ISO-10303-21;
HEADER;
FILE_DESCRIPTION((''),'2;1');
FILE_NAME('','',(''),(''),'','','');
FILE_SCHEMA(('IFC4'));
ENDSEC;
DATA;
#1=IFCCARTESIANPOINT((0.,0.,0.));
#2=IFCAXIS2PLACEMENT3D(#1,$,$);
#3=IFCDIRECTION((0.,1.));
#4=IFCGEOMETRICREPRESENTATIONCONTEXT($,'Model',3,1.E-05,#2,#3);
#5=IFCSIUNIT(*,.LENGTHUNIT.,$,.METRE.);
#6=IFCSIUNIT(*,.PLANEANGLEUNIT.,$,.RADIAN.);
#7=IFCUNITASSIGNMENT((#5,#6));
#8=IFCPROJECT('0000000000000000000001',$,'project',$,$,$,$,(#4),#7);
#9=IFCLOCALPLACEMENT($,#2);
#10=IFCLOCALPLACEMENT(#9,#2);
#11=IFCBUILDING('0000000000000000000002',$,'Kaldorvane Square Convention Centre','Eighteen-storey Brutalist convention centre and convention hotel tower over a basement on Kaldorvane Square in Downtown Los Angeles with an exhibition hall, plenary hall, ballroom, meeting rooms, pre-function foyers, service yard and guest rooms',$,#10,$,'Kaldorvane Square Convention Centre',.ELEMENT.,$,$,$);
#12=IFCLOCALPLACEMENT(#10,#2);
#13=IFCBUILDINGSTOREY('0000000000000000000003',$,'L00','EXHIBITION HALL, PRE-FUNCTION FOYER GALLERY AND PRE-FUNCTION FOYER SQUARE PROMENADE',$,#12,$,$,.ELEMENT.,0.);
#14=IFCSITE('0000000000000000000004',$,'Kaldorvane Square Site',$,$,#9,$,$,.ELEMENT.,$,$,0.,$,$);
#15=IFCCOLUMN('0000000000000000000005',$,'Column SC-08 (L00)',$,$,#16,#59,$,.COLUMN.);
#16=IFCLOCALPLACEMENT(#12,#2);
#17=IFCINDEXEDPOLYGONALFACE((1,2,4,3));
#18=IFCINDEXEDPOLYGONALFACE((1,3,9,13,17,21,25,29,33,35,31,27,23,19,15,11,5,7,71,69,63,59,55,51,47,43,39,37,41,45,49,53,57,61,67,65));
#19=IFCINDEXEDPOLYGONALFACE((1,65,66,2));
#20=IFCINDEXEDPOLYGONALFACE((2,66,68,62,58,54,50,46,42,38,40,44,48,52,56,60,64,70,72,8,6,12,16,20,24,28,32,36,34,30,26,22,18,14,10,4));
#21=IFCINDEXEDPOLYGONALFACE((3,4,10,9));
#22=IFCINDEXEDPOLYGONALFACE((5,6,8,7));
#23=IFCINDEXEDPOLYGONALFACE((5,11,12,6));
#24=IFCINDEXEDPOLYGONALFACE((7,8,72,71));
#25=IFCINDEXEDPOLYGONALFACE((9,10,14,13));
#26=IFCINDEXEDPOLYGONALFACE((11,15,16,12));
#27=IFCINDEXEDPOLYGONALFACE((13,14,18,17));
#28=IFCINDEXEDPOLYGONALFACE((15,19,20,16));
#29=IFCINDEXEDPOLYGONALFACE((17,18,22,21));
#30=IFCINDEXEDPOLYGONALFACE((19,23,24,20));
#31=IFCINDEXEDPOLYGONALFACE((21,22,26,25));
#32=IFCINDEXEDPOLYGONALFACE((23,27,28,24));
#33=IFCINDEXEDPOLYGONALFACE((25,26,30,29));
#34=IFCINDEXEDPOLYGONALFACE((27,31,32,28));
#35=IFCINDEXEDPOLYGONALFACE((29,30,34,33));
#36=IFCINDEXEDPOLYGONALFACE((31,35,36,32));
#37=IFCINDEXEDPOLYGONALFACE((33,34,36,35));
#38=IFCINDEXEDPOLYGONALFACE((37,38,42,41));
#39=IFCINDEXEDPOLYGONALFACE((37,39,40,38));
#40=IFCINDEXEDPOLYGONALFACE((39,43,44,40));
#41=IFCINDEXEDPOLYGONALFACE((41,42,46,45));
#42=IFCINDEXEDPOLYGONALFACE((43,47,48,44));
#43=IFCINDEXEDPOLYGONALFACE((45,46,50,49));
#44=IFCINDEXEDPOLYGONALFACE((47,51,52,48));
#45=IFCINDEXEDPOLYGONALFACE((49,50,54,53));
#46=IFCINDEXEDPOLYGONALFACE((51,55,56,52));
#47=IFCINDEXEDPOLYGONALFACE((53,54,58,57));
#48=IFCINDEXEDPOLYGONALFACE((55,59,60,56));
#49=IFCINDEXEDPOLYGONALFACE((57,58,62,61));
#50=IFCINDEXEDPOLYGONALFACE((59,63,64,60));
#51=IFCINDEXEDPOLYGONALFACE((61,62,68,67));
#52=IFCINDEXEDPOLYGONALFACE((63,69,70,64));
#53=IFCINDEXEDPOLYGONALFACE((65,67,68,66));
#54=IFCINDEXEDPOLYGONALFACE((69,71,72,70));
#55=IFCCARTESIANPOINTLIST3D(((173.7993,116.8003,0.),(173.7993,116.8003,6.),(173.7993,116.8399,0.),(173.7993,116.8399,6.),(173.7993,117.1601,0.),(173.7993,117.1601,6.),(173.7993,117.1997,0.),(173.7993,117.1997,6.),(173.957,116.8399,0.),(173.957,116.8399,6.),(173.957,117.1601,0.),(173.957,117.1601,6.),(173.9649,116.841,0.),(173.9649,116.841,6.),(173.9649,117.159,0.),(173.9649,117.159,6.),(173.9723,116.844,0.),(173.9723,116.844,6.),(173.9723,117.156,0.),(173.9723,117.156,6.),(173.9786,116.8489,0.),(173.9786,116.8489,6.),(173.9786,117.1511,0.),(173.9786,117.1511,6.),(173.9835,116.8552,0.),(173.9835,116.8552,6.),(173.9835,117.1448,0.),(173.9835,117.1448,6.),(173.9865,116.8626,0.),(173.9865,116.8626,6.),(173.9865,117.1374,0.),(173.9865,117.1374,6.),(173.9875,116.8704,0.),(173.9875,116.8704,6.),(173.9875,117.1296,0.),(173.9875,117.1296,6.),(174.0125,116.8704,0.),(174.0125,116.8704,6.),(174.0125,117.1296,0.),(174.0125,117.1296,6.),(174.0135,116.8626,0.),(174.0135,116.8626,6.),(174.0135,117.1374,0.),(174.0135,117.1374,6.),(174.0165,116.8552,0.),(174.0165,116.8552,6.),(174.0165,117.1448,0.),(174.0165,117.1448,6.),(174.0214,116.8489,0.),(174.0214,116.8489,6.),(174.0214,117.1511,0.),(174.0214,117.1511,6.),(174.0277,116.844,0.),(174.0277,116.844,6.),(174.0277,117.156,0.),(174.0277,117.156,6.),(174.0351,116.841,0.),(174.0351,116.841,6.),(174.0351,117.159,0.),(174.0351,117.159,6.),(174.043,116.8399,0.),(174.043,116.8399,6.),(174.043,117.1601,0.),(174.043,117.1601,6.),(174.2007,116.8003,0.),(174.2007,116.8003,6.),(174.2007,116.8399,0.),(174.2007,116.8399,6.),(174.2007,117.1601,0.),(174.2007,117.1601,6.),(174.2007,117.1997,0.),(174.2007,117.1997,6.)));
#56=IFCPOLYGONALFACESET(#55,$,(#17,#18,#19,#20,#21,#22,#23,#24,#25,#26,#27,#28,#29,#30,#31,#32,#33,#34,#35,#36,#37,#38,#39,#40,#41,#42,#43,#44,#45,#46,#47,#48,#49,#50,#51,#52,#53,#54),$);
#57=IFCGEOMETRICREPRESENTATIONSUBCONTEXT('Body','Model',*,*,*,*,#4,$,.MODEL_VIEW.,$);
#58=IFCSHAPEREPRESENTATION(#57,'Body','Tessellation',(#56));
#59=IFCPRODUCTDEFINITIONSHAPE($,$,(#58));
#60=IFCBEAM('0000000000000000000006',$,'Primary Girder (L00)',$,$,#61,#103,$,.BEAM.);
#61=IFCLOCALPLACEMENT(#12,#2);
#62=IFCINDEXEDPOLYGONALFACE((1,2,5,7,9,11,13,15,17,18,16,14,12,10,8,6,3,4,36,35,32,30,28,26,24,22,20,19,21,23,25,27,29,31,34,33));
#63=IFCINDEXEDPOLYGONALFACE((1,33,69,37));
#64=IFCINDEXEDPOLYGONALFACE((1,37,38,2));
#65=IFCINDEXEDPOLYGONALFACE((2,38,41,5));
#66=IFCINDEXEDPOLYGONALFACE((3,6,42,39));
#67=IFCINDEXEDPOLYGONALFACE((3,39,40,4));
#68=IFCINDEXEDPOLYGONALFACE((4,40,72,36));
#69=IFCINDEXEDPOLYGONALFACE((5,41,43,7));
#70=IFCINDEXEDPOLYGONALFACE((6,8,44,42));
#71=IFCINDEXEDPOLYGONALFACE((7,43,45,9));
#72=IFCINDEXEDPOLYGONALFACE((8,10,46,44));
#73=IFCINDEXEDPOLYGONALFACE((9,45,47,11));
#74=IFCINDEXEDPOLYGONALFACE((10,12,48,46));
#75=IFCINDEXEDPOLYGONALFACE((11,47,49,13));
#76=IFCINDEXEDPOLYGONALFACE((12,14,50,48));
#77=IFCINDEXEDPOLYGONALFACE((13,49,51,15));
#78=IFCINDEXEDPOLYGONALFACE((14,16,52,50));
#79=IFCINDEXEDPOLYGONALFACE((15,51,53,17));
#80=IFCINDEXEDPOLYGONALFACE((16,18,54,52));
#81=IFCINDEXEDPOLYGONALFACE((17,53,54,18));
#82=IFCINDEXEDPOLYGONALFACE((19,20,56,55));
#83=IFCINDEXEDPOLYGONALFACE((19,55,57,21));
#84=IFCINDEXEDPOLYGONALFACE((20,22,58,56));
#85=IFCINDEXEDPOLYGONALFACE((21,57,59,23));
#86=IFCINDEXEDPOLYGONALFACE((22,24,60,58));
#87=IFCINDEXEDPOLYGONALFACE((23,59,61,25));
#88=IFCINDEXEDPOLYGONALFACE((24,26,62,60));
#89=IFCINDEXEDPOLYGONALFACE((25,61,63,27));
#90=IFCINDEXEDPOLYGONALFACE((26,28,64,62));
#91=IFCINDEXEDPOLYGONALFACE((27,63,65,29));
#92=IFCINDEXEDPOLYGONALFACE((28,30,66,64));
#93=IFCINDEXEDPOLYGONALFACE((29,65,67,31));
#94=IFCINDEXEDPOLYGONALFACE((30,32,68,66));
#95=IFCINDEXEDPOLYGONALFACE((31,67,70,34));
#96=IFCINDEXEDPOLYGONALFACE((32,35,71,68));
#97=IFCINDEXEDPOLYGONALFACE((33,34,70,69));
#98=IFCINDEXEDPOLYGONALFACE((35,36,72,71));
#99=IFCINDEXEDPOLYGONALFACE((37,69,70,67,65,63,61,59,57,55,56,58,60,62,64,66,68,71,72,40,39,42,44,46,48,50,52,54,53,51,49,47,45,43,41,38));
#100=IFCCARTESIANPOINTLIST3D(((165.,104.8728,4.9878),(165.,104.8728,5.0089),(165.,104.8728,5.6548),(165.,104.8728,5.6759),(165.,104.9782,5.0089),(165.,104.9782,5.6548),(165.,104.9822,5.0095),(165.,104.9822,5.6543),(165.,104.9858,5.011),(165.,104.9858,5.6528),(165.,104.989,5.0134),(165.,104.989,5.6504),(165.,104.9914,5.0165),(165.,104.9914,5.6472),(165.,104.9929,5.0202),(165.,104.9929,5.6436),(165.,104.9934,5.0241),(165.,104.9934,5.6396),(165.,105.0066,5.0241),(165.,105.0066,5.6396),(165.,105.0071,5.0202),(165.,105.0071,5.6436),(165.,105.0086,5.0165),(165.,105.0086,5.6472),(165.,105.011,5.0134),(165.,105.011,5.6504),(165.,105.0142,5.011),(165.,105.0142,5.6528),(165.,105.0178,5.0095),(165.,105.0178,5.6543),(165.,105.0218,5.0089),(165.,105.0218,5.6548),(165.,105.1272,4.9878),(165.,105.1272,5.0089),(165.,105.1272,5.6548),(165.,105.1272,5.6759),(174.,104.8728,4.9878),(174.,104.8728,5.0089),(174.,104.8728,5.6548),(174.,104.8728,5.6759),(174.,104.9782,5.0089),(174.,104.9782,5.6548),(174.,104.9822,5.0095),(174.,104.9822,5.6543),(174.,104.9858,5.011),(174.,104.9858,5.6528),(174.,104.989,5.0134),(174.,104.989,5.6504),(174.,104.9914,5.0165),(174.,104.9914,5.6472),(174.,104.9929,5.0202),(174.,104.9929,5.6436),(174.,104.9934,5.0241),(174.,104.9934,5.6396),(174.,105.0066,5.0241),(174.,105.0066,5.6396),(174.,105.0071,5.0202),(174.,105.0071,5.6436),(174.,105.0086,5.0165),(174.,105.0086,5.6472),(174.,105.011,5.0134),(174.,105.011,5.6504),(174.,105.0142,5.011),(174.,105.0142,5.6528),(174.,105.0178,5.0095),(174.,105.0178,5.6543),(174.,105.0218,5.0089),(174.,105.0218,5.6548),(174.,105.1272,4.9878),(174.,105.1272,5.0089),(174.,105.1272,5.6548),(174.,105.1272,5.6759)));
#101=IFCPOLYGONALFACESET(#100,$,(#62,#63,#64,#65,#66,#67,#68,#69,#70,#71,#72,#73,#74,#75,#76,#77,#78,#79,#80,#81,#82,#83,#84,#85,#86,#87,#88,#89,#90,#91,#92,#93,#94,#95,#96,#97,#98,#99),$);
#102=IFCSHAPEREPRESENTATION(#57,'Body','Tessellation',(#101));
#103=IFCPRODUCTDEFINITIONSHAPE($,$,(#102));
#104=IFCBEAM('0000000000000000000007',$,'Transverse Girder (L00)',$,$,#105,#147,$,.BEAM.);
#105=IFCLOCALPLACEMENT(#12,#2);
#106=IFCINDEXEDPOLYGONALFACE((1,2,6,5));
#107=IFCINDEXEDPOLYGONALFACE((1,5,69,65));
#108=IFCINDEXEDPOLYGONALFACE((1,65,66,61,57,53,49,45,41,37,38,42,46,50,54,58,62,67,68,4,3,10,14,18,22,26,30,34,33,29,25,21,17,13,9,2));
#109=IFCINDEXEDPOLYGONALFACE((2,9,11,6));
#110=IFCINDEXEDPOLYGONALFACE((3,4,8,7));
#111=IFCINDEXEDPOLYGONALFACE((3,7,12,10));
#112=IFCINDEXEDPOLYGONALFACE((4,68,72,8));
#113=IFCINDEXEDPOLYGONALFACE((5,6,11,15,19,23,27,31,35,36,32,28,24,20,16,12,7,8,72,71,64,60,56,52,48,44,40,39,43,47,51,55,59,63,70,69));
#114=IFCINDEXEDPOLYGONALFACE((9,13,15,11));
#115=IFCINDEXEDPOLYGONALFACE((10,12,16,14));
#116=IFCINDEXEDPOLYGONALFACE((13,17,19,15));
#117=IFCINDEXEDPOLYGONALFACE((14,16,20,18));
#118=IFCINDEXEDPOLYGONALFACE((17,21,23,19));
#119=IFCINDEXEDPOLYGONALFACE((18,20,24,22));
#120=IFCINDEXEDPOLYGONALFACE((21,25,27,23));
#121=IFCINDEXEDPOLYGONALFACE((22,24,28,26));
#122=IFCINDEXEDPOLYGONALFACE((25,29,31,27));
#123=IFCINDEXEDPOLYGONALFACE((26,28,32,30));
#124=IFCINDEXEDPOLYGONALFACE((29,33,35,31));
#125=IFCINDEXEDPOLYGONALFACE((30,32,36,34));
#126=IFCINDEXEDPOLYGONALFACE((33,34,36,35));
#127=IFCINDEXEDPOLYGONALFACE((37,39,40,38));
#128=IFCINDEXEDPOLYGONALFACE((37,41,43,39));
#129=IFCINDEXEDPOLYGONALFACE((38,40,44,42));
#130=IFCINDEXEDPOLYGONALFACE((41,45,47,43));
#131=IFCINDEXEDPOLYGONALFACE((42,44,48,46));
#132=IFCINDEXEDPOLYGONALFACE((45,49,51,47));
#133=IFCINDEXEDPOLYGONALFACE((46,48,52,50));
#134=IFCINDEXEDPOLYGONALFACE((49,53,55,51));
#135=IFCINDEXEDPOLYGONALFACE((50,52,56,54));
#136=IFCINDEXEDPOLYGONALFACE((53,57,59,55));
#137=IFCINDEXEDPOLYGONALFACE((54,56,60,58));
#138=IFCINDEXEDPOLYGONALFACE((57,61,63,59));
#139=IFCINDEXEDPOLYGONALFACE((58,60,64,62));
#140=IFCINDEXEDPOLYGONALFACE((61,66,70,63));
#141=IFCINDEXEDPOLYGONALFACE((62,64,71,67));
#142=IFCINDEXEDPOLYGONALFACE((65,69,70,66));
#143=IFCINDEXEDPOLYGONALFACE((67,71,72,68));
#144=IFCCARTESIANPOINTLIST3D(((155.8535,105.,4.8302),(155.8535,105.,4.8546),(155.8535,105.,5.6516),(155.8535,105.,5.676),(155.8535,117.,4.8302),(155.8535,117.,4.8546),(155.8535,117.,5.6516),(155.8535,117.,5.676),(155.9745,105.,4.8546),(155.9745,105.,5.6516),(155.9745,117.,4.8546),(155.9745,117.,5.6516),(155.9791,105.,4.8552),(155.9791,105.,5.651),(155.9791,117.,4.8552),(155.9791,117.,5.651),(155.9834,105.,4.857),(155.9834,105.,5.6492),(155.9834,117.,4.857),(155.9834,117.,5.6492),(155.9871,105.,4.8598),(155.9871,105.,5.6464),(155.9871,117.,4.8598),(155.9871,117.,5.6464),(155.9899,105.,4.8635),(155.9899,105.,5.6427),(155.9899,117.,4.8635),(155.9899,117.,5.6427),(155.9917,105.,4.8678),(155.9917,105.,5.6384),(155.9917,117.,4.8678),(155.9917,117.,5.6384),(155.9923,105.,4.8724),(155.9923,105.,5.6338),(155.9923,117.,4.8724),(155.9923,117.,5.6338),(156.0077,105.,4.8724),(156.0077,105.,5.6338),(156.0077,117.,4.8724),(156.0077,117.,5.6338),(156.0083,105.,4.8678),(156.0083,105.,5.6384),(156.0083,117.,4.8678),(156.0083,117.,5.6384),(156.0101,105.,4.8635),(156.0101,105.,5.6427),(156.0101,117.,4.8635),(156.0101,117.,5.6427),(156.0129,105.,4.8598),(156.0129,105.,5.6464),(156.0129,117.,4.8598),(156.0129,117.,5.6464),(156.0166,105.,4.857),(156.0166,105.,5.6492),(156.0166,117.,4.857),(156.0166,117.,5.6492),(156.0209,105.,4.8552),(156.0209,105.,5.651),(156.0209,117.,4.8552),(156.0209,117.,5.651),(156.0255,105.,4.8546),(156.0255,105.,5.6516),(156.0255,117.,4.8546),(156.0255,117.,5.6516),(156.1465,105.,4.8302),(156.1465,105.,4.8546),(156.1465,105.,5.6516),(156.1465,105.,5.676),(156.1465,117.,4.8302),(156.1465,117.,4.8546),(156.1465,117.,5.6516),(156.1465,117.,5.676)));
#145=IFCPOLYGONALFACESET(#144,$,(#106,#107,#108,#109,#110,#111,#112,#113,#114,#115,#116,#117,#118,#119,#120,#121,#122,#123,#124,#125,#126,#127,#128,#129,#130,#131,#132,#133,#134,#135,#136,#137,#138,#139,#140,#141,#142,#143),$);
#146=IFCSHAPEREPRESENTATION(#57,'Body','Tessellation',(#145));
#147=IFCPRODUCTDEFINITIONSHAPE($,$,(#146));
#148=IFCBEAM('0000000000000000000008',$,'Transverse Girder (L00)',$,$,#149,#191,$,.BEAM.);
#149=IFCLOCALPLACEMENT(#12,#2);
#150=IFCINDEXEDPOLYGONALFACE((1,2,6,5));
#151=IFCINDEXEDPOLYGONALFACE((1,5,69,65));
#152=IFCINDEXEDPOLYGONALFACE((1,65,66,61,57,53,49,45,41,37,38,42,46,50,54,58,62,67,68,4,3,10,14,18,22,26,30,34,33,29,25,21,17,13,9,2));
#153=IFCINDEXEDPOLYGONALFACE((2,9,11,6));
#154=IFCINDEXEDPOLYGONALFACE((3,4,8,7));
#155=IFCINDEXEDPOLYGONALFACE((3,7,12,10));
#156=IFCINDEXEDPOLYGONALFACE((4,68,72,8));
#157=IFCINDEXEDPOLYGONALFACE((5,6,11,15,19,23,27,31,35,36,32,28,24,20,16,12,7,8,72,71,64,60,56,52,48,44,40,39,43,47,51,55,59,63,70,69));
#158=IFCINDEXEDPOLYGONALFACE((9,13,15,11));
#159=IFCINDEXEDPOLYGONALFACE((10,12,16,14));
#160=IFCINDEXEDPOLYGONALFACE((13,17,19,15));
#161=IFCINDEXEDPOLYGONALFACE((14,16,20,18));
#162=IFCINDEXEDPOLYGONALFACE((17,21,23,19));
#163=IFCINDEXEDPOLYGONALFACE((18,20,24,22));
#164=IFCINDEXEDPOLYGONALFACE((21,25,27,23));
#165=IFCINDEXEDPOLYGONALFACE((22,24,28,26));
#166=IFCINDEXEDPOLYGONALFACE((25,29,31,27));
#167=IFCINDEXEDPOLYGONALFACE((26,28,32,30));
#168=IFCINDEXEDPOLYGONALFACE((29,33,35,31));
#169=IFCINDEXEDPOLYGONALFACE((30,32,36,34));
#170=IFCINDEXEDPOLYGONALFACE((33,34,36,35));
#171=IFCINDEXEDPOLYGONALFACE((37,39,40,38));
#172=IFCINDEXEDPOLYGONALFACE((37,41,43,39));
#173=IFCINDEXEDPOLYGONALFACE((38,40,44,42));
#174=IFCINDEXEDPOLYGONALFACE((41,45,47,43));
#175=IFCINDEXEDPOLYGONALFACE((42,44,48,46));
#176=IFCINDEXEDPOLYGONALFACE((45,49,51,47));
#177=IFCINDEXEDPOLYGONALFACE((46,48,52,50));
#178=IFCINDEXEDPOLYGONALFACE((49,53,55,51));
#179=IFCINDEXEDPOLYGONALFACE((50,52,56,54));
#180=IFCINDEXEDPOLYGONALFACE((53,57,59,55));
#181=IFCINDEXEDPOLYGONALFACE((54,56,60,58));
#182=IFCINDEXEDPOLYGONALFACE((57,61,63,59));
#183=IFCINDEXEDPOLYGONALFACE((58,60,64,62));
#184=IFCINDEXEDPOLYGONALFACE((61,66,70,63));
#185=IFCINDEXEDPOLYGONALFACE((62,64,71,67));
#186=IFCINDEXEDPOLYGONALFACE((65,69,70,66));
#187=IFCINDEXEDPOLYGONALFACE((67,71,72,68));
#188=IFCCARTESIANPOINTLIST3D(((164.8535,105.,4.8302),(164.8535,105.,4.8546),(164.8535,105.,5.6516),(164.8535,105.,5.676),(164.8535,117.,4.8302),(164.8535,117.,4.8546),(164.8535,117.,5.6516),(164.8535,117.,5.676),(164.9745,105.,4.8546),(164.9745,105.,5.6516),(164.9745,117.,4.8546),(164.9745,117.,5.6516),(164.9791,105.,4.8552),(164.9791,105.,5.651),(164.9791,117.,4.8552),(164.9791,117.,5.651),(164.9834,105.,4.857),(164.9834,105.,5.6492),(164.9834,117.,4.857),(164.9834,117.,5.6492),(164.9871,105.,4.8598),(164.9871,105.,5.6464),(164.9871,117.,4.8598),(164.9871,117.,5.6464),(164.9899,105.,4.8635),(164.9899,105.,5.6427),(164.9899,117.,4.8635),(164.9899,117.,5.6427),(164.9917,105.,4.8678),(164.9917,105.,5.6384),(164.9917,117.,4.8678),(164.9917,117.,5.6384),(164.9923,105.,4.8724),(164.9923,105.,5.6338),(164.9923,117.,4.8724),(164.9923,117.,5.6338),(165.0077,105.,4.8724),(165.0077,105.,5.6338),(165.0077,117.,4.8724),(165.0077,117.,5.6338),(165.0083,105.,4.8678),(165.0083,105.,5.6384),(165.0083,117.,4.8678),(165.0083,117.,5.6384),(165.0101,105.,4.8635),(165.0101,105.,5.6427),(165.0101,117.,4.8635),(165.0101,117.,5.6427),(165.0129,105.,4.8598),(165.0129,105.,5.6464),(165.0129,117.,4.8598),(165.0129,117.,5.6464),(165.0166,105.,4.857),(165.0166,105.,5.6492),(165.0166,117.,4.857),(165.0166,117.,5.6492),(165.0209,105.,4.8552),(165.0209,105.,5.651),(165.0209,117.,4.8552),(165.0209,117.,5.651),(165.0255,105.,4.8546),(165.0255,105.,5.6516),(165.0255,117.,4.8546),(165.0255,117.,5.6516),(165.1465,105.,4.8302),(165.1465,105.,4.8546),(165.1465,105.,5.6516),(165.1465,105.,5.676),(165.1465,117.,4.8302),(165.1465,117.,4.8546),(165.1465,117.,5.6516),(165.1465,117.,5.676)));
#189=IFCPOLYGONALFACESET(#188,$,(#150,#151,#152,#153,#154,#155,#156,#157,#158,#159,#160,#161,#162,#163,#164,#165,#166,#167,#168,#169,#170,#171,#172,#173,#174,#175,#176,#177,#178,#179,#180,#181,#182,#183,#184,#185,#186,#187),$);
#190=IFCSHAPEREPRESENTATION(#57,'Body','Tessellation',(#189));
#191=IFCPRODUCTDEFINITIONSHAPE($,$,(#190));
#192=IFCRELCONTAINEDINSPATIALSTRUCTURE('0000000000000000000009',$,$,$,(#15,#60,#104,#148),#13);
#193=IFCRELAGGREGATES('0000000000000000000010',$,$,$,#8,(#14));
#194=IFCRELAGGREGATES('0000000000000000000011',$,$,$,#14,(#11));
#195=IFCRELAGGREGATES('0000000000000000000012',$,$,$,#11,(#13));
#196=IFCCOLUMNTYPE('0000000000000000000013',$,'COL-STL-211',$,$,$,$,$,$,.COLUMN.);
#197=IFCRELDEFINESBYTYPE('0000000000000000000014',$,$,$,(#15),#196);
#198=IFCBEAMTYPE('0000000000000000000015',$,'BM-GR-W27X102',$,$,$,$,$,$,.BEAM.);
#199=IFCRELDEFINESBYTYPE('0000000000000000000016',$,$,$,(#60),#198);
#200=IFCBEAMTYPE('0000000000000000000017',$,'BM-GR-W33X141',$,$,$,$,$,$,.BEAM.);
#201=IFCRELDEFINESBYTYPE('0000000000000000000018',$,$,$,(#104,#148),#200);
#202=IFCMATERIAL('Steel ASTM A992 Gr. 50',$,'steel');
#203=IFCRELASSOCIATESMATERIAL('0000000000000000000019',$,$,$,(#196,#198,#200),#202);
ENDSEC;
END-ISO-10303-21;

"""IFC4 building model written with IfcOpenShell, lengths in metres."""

from ifc_helpers import new_model, si_unit, direction, frame, origin, origin_2d, place, context, subcontext, project, spatial, i_section, extrude, material, material_profile, profile_set, type_object, element, save


model = new_model("IFC4")

# Units and contexts
model_context = context("Model", 3, precision=1e-05, world=origin(), true_north=direction((0.0, 1.0)))
body_context = subcontext(model_context, "Body", "Model", "MODEL_VIEW")
ifc_project = project(units=[si_unit("LENGTHUNIT", "METRE"), si_unit("PLANEANGLEUNIT", "RADIAN")], contexts=[model_context])

# Site, building, storey
site_placement = place(None, origin())
site = spatial("IfcSite", under=ifc_project, at=site_placement, Name="Kaldorvane Square Site", CompositionType="ELEMENT", RefElevation=0.0)
building_placement = place(site_placement, origin())
building = spatial("IfcBuilding", under=site, at=building_placement, Name="Kaldorvane Square Convention Centre", Description="Eighteen-storey Brutalist convention centre and convention hotel tower over a basement on Kaldorvane Square in Downtown Los Angeles with an exhibition hall, plenary hall, ballroom, meeting rooms, pre-function foyers, service yard and guest rooms", LongName="Kaldorvane Square Convention Centre", CompositionType="ELEMENT")
storey_placement = place(building_placement, origin())
storey = spatial("IfcBuildingStorey", under=building, at=storey_placement, Name="L00", Description="EXHIBITION HALL, PRE-FUNCTION FOYER GALLERY AND PRE-FUNCTION FOYER SQUARE PROMENADE", CompositionType="ELEMENT", Elevation=0.0)

# Column
ifc_material_1 = material(Name="Steel ASTM A992 Gr. 50", Category="steel")
ifc_material_profile_1 = material_profile(ifc_material_1, i_section(OverallWidth=0.4013, OverallDepth=0.3993, WebThickness=0.0249, FlangeThickness=0.0396, FilletRadius=0.0305, at=origin_2d()), Name="W14X211")
ifc_profile_set_1 = profile_set([ifc_material_profile_1], Name="Steel ASTM A992 Gr. 50")
column_type = type_object("IfcColumnType", Name="COL-STL-211", PredefinedType="COLUMN", material=ifc_profile_set_1)
for number, where, z_axis, x_axis, name in (
    (1, (174.0, 117.0, 0.0), (0.0, 0.0, 1.0), (1.0, 0.0, 0.0), "Column SC-08 (L00)"),
):
    element("IfcColumn", number, at=place(storey_placement, frame(where, z_axis=z_axis, x_axis=x_axis)), inside=storey, type_object=column_type, Name=name, PredefinedType="COLUMN", context=body_context, shape_type="SweptSolid", body=[
        extrude(i_section(OverallWidth=0.4013, OverallDepth=0.3993, WebThickness=0.0249, FlangeThickness=0.0396, FilletRadius=0.0305, at=origin_2d()), origin(), (0.0, 0.0, 1.0), 6.0),
    ])

# Beams
ifc_material_profile_2 = material_profile(ifc_material_1, i_section(OverallWidth=0.2544, OverallDepth=0.6881, WebThickness=0.0131, FlangeThickness=0.0211, FilletRadius=0.0152, at=origin_2d()), Name="W27X102")
ifc_profile_set_2 = profile_set([ifc_material_profile_2], Name="Steel ASTM A992 Gr. 50")
beam_type_1 = type_object("IfcBeamType", Name="BM-GR-W27X102", PredefinedType="BEAM", material=ifc_profile_set_2)
beam_1_placement = place(storey_placement, frame((165.0, 105.0, 5.3319), z_axis=(1.0, 0.0, 0.0), x_axis=(0.0, 1.0, 0.0)))
element("IfcBeam", 2, at=beam_1_placement, inside=storey, type_object=beam_type_1, Name="Primary Girder (L00)", PredefinedType="BEAM", context=body_context, shape_type="SweptSolid", body=[
    extrude(i_section(OverallWidth=0.2544, OverallDepth=0.6881, WebThickness=0.0131, FlangeThickness=0.0211, FilletRadius=0.0152, at=origin_2d()), origin(), (0.0, 0.0, 1.0), 9.0),
])
ifc_material_profile_3 = material_profile(ifc_material_1, i_section(OverallWidth=0.293, OverallDepth=0.8458, WebThickness=0.0154, FlangeThickness=0.0244, FilletRadius=0.0178, at=origin_2d()), Name="W33X141")
ifc_profile_set_3 = profile_set([ifc_material_profile_3], Name="Steel ASTM A992 Gr. 50")
beam_type_2 = type_object("IfcBeamType", Name="BM-GR-W33X141", PredefinedType="BEAM", material=ifc_profile_set_3)
for number, where, z_axis, x_axis, name in (
    (3, (156.0, 105.0, 5.2531), (0.0, 1.0, 0.0), (-1.0, 0.0, 0.0), "Transverse Girder (L00)"),
    (4, (165.0, 105.0, 5.2531), (0.0, 1.0, 0.0), (-1.0, 0.0, 0.0), "Transverse Girder (L00)"),
):
    element("IfcBeam", number, at=place(storey_placement, frame(where, z_axis=z_axis, x_axis=x_axis)), inside=storey, type_object=beam_type_2, Name=name, PredefinedType="BEAM", context=body_context, shape_type="SweptSolid", body=[
        extrude(i_section(OverallWidth=0.293, OverallDepth=0.8458, WebThickness=0.0154, FlangeThickness=0.0244, FilletRadius=0.0178, at=origin_2d()), origin(), (0.0, 0.0, 1.0), 12.0),
    ])

save(model, "model.ifc")
